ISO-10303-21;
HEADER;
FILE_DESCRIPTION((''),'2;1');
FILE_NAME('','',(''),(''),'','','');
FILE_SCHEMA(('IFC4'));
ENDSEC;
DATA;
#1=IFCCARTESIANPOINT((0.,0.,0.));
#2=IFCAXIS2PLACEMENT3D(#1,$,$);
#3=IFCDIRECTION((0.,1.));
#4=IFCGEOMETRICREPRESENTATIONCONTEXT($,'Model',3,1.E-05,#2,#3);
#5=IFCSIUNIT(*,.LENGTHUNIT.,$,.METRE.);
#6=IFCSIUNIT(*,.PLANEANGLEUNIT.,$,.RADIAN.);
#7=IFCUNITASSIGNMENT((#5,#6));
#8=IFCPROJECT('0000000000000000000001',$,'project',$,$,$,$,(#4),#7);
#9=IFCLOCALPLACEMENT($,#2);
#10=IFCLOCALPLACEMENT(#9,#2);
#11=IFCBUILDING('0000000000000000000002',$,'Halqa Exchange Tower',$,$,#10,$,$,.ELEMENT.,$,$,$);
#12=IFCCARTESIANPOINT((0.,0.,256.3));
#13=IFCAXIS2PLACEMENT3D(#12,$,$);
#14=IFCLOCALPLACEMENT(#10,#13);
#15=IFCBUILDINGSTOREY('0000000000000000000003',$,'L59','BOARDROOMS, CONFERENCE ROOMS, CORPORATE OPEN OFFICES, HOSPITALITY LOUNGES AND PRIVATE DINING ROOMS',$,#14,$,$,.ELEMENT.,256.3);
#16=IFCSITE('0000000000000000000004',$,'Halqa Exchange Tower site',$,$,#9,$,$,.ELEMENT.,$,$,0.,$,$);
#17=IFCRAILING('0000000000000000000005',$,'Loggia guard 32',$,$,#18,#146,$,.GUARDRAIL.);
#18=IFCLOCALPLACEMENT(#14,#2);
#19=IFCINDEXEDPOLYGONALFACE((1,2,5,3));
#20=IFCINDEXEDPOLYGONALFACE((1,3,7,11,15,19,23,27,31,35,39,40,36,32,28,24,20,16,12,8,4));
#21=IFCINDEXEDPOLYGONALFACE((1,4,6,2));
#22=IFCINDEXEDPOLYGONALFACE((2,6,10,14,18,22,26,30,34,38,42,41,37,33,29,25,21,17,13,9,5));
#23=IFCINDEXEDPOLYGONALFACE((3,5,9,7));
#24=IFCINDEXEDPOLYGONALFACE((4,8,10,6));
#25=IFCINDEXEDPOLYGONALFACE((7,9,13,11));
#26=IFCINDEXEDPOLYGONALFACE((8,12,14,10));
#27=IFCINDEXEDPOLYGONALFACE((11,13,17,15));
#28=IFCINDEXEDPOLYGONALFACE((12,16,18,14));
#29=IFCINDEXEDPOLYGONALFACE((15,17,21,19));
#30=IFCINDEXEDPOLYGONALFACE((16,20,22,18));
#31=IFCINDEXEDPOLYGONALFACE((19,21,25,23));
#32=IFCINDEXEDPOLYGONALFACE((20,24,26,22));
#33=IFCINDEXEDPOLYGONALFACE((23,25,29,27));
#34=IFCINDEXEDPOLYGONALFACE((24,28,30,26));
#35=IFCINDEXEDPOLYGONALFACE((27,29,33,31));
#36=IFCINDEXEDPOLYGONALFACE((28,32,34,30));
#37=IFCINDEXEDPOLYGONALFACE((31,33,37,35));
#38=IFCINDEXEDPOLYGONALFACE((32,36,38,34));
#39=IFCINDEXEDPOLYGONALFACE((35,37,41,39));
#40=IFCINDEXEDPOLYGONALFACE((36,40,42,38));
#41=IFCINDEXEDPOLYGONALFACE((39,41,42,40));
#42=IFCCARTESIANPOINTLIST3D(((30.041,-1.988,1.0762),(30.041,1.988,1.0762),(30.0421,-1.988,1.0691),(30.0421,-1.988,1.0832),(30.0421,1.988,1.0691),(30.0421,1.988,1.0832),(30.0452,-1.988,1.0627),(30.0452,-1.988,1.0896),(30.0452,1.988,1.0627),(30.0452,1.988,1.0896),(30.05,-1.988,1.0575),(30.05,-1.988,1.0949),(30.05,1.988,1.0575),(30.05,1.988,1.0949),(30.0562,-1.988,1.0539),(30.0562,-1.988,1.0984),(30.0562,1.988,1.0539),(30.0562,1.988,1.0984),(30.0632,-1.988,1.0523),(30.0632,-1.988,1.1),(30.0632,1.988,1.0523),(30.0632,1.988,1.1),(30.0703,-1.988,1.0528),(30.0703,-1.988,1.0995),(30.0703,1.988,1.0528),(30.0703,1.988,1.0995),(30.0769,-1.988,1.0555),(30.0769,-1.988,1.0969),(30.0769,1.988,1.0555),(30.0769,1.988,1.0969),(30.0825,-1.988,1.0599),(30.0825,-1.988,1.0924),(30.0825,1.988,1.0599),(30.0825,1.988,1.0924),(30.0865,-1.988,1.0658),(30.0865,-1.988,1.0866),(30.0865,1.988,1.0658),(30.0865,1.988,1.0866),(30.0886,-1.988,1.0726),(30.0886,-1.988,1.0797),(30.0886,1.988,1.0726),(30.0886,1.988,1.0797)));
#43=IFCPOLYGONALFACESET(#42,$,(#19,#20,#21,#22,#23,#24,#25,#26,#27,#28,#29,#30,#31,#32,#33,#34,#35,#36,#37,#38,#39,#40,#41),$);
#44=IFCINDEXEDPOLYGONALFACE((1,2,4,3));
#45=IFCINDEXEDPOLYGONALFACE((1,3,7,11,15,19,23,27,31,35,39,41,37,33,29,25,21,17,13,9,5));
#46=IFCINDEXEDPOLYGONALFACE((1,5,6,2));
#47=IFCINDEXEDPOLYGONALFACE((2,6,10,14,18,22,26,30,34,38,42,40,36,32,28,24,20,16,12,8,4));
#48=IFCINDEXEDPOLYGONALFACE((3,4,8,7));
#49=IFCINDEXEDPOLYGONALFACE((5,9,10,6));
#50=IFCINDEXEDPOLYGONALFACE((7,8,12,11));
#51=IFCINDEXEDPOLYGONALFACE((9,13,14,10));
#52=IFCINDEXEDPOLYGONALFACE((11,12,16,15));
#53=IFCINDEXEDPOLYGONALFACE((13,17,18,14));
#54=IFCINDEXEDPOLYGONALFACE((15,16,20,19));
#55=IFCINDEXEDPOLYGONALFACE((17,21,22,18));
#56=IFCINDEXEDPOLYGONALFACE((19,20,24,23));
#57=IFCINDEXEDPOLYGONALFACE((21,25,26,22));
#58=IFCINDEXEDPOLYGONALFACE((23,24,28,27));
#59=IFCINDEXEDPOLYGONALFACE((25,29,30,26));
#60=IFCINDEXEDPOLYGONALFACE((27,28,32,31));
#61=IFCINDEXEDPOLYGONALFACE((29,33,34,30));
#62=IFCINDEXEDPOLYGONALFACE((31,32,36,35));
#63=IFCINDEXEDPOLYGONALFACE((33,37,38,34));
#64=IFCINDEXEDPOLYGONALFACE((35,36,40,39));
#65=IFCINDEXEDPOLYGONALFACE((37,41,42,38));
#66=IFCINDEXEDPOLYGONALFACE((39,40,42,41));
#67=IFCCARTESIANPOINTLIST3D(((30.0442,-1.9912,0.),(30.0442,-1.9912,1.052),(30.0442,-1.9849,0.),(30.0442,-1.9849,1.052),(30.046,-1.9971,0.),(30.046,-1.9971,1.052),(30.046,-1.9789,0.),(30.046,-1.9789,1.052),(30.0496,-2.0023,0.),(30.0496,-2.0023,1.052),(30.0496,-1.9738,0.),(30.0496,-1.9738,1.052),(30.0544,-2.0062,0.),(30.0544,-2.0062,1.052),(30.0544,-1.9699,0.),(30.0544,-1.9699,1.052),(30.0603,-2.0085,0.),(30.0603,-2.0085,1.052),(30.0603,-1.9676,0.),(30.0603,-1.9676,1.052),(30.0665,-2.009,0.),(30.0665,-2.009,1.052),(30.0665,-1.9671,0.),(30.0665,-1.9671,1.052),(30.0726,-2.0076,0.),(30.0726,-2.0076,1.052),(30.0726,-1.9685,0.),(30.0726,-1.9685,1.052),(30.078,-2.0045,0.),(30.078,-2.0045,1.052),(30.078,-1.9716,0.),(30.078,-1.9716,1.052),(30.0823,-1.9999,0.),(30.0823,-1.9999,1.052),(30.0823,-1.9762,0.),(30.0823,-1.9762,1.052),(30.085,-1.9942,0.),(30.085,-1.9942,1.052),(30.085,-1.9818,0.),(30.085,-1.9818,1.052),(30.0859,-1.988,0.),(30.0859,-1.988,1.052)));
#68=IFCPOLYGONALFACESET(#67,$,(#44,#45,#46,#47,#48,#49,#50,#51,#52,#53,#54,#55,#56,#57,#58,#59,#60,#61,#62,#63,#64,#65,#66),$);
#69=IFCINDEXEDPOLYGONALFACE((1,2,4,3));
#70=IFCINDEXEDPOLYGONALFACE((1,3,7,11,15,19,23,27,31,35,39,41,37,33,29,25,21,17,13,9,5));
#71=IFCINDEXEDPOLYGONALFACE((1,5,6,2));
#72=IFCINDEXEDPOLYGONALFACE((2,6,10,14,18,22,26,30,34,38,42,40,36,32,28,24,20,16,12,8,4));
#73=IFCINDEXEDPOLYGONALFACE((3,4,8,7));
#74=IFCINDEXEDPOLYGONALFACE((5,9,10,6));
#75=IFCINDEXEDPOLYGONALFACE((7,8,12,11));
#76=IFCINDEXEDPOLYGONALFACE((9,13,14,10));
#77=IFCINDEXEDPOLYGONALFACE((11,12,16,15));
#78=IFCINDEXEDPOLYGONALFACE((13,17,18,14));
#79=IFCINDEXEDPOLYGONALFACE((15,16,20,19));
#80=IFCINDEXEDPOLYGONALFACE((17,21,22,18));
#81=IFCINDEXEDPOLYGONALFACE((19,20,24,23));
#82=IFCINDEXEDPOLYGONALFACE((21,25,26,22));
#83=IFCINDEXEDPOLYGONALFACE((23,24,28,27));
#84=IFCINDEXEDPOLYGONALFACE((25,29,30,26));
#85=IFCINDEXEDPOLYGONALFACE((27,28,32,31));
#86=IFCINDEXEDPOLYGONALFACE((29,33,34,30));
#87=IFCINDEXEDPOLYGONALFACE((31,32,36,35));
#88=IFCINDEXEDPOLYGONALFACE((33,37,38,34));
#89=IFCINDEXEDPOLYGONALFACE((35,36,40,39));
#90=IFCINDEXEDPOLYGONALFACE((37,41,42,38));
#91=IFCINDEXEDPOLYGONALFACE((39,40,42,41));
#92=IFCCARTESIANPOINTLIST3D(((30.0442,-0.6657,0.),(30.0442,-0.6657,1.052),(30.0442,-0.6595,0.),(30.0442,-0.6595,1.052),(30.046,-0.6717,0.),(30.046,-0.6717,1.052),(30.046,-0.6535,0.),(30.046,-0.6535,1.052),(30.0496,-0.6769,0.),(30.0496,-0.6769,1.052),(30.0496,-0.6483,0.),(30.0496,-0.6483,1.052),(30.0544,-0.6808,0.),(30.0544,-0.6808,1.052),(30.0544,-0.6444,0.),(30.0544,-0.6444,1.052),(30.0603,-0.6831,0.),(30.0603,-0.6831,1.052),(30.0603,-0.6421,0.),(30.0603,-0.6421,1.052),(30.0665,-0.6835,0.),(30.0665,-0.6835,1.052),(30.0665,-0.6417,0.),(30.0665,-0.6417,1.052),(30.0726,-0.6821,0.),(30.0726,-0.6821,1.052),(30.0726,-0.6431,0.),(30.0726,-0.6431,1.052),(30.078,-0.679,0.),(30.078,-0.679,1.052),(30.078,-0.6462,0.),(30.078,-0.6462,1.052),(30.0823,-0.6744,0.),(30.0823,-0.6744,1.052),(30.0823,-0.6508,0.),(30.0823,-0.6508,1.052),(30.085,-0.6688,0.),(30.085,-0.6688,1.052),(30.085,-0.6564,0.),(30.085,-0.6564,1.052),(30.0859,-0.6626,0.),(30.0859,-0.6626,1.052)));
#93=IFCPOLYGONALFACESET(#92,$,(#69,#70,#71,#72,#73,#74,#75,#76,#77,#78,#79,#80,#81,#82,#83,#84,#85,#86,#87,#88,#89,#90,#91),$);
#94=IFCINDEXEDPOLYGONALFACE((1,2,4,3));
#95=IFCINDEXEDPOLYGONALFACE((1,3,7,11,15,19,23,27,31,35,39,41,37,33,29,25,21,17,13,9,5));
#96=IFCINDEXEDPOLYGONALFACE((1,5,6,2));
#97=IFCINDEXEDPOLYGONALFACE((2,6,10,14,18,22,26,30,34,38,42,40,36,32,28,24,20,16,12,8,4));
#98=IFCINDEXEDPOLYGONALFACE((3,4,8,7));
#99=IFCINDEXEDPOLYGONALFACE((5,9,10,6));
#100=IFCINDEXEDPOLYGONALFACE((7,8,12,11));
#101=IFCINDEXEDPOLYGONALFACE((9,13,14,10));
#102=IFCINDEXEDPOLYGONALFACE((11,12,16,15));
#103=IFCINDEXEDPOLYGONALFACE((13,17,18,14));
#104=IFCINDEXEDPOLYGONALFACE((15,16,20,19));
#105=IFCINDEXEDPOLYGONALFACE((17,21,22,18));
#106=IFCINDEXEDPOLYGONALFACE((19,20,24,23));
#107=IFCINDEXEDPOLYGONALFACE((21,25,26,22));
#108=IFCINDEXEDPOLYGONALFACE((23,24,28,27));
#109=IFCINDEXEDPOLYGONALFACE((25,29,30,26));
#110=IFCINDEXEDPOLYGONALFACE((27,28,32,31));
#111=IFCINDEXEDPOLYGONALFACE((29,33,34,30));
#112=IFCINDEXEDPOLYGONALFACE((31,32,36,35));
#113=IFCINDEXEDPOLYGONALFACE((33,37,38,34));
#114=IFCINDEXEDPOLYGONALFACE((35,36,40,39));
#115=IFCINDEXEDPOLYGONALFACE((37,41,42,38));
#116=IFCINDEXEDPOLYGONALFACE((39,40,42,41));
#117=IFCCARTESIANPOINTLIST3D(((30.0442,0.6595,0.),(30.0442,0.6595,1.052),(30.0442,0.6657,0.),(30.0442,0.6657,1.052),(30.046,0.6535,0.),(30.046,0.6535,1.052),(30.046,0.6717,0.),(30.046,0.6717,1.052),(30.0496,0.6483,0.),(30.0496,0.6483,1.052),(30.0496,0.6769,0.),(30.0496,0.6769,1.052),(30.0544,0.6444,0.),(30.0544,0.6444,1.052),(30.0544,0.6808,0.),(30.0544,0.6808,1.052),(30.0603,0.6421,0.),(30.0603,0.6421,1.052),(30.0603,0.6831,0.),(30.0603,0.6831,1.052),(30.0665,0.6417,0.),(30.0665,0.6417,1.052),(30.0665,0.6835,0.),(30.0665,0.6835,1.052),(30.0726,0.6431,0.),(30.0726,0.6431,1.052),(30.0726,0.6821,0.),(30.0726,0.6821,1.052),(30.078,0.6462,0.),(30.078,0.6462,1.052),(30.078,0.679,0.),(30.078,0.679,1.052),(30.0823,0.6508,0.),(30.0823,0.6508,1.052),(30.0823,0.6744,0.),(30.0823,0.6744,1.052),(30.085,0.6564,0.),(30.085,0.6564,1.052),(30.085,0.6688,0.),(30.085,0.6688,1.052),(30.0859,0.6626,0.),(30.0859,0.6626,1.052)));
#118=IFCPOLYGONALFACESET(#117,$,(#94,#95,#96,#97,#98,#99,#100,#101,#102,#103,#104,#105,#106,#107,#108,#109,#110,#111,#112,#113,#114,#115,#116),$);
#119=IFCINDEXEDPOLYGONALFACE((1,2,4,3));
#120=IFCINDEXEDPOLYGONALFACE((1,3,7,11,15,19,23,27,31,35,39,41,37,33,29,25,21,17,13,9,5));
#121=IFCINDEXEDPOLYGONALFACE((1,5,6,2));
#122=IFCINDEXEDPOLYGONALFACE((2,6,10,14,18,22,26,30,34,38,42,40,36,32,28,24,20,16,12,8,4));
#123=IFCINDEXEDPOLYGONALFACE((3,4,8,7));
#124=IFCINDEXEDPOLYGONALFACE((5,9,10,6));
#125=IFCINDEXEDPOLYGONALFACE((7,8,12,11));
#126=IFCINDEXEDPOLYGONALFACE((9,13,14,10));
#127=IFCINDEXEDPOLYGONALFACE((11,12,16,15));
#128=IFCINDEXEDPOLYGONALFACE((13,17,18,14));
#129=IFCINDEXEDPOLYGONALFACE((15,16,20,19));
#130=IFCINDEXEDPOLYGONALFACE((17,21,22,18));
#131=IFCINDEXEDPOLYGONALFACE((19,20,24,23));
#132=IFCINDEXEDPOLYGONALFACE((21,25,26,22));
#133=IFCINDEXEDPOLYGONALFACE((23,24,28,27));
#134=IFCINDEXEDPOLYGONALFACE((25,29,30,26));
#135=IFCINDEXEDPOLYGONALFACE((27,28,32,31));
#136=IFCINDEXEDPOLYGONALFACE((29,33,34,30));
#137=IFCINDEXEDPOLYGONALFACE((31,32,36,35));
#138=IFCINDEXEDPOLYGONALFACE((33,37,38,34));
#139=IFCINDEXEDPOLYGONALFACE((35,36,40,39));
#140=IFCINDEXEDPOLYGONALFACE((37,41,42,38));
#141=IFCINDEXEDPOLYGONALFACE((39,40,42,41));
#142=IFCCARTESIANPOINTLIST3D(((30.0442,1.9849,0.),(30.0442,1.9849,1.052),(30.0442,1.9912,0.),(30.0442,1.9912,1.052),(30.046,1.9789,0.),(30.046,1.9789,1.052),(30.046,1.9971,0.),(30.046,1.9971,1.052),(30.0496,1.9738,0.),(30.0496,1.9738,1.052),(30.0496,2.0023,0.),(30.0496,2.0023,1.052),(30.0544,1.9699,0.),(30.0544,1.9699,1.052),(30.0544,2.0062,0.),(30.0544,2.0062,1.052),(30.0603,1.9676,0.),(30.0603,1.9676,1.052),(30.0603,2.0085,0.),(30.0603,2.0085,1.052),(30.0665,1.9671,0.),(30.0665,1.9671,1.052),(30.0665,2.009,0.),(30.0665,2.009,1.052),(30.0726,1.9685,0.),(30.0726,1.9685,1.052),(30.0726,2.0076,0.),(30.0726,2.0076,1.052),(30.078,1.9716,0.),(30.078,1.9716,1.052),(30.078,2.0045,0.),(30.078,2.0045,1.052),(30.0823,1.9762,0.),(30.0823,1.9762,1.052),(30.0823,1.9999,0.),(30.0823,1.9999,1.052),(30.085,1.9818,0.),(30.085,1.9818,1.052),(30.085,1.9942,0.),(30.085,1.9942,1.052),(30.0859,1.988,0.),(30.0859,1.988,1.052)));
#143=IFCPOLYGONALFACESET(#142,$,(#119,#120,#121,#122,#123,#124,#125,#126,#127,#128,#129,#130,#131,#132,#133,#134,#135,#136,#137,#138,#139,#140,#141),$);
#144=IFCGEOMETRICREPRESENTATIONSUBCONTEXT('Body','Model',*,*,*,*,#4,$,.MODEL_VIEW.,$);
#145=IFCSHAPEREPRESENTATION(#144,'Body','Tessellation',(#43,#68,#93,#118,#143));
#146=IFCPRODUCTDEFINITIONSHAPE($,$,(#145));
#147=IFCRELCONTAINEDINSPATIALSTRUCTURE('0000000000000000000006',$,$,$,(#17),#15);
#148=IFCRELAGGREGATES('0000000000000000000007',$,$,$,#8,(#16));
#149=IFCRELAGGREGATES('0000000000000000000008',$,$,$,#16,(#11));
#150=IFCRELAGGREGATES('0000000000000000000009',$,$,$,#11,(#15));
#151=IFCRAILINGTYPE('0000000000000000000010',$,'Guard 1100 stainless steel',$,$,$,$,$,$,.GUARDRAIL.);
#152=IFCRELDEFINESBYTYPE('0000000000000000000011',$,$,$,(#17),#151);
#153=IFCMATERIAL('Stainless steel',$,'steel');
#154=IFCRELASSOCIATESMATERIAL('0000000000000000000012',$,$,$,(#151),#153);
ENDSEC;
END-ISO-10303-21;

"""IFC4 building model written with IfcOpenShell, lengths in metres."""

from ifc_helpers import new_model, si_unit, direction, frame, origin, origin_2d, place, context, subcontext, project, spatial, circle, extrude, material, type_object, element, save


model = new_model("IFC4")

# Units and contexts
model_context = context("Model", 3, precision=1e-05, world=origin(), true_north=direction((0.0, 1.0)))
body_context = subcontext(model_context, "Body", "Model", "MODEL_VIEW")
ifc_project = project(units=[si_unit("LENGTHUNIT", "METRE"), si_unit("PLANEANGLEUNIT", "RADIAN")], contexts=[model_context])

# Site, building, storey
site_placement = place(None, origin())
site = spatial("IfcSite", under=ifc_project, at=site_placement, Name="Halqa Exchange Tower site", CompositionType="ELEMENT", RefElevation=0.0)
building_placement = place(site_placement, origin())
building = spatial("IfcBuilding", under=site, at=building_placement, Name="Halqa Exchange Tower", CompositionType="ELEMENT")
storey_placement = place(building_placement, frame((0.0, 0.0, 256.3)))
storey = spatial("IfcBuildingStorey", under=building, at=storey_placement, Name="L59", Description="BOARDROOMS, CONFERENCE ROOMS, CORPORATE OPEN OFFICES, HOSPITALITY LOUNGES AND PRIVATE DINING ROOMS", CompositionType="ELEMENT", Elevation=256.3)

# Railing
ifc_material_1 = material(Name="Stainless steel", Category="steel")
railing_type = type_object("IfcRailingType", Name="Guard 1100 stainless steel", PredefinedType="GUARDRAIL", material=ifc_material_1)
railing_1_placement = place(storey_placement, frame((30.0649, -1.988, 0.0)))
element("IfcRailing", 1, at=railing_1_placement, inside=storey, type_object=railing_type, Name="Loggia guard 32", PredefinedType="GUARDRAIL", context=body_context, shape_type="SweptSolid", body=[
    extrude(circle(Radius=0.0239, at=origin_2d()), frame((0.0, 0.0, 1.0762), z_axis=(0.0, 1.0, 0.0), x_axis=(-1.0, 0.0, 0.0)), (0.0, 0.0, 1.0), 3.9761),
    extrude(circle(Radius=0.021, at=origin_2d()), origin(), (0.0, 0.0, 1.0), 1.052),
    extrude(circle(Radius=0.021, at=origin_2d()), frame((0.0, 1.3254, 0.0)), (0.0, 0.0, 1.0), 1.052),
    extrude(circle(Radius=0.021, at=origin_2d()), frame((0.0, 2.6506, 0.0)), (0.0, 0.0, 1.0), 1.052),
    extrude(circle(Radius=0.021, at=origin_2d()), frame((0.0, 3.9761, 0.0)), (0.0, 0.0, 1.0), 1.052),
])

save(model, "model.ifc")
